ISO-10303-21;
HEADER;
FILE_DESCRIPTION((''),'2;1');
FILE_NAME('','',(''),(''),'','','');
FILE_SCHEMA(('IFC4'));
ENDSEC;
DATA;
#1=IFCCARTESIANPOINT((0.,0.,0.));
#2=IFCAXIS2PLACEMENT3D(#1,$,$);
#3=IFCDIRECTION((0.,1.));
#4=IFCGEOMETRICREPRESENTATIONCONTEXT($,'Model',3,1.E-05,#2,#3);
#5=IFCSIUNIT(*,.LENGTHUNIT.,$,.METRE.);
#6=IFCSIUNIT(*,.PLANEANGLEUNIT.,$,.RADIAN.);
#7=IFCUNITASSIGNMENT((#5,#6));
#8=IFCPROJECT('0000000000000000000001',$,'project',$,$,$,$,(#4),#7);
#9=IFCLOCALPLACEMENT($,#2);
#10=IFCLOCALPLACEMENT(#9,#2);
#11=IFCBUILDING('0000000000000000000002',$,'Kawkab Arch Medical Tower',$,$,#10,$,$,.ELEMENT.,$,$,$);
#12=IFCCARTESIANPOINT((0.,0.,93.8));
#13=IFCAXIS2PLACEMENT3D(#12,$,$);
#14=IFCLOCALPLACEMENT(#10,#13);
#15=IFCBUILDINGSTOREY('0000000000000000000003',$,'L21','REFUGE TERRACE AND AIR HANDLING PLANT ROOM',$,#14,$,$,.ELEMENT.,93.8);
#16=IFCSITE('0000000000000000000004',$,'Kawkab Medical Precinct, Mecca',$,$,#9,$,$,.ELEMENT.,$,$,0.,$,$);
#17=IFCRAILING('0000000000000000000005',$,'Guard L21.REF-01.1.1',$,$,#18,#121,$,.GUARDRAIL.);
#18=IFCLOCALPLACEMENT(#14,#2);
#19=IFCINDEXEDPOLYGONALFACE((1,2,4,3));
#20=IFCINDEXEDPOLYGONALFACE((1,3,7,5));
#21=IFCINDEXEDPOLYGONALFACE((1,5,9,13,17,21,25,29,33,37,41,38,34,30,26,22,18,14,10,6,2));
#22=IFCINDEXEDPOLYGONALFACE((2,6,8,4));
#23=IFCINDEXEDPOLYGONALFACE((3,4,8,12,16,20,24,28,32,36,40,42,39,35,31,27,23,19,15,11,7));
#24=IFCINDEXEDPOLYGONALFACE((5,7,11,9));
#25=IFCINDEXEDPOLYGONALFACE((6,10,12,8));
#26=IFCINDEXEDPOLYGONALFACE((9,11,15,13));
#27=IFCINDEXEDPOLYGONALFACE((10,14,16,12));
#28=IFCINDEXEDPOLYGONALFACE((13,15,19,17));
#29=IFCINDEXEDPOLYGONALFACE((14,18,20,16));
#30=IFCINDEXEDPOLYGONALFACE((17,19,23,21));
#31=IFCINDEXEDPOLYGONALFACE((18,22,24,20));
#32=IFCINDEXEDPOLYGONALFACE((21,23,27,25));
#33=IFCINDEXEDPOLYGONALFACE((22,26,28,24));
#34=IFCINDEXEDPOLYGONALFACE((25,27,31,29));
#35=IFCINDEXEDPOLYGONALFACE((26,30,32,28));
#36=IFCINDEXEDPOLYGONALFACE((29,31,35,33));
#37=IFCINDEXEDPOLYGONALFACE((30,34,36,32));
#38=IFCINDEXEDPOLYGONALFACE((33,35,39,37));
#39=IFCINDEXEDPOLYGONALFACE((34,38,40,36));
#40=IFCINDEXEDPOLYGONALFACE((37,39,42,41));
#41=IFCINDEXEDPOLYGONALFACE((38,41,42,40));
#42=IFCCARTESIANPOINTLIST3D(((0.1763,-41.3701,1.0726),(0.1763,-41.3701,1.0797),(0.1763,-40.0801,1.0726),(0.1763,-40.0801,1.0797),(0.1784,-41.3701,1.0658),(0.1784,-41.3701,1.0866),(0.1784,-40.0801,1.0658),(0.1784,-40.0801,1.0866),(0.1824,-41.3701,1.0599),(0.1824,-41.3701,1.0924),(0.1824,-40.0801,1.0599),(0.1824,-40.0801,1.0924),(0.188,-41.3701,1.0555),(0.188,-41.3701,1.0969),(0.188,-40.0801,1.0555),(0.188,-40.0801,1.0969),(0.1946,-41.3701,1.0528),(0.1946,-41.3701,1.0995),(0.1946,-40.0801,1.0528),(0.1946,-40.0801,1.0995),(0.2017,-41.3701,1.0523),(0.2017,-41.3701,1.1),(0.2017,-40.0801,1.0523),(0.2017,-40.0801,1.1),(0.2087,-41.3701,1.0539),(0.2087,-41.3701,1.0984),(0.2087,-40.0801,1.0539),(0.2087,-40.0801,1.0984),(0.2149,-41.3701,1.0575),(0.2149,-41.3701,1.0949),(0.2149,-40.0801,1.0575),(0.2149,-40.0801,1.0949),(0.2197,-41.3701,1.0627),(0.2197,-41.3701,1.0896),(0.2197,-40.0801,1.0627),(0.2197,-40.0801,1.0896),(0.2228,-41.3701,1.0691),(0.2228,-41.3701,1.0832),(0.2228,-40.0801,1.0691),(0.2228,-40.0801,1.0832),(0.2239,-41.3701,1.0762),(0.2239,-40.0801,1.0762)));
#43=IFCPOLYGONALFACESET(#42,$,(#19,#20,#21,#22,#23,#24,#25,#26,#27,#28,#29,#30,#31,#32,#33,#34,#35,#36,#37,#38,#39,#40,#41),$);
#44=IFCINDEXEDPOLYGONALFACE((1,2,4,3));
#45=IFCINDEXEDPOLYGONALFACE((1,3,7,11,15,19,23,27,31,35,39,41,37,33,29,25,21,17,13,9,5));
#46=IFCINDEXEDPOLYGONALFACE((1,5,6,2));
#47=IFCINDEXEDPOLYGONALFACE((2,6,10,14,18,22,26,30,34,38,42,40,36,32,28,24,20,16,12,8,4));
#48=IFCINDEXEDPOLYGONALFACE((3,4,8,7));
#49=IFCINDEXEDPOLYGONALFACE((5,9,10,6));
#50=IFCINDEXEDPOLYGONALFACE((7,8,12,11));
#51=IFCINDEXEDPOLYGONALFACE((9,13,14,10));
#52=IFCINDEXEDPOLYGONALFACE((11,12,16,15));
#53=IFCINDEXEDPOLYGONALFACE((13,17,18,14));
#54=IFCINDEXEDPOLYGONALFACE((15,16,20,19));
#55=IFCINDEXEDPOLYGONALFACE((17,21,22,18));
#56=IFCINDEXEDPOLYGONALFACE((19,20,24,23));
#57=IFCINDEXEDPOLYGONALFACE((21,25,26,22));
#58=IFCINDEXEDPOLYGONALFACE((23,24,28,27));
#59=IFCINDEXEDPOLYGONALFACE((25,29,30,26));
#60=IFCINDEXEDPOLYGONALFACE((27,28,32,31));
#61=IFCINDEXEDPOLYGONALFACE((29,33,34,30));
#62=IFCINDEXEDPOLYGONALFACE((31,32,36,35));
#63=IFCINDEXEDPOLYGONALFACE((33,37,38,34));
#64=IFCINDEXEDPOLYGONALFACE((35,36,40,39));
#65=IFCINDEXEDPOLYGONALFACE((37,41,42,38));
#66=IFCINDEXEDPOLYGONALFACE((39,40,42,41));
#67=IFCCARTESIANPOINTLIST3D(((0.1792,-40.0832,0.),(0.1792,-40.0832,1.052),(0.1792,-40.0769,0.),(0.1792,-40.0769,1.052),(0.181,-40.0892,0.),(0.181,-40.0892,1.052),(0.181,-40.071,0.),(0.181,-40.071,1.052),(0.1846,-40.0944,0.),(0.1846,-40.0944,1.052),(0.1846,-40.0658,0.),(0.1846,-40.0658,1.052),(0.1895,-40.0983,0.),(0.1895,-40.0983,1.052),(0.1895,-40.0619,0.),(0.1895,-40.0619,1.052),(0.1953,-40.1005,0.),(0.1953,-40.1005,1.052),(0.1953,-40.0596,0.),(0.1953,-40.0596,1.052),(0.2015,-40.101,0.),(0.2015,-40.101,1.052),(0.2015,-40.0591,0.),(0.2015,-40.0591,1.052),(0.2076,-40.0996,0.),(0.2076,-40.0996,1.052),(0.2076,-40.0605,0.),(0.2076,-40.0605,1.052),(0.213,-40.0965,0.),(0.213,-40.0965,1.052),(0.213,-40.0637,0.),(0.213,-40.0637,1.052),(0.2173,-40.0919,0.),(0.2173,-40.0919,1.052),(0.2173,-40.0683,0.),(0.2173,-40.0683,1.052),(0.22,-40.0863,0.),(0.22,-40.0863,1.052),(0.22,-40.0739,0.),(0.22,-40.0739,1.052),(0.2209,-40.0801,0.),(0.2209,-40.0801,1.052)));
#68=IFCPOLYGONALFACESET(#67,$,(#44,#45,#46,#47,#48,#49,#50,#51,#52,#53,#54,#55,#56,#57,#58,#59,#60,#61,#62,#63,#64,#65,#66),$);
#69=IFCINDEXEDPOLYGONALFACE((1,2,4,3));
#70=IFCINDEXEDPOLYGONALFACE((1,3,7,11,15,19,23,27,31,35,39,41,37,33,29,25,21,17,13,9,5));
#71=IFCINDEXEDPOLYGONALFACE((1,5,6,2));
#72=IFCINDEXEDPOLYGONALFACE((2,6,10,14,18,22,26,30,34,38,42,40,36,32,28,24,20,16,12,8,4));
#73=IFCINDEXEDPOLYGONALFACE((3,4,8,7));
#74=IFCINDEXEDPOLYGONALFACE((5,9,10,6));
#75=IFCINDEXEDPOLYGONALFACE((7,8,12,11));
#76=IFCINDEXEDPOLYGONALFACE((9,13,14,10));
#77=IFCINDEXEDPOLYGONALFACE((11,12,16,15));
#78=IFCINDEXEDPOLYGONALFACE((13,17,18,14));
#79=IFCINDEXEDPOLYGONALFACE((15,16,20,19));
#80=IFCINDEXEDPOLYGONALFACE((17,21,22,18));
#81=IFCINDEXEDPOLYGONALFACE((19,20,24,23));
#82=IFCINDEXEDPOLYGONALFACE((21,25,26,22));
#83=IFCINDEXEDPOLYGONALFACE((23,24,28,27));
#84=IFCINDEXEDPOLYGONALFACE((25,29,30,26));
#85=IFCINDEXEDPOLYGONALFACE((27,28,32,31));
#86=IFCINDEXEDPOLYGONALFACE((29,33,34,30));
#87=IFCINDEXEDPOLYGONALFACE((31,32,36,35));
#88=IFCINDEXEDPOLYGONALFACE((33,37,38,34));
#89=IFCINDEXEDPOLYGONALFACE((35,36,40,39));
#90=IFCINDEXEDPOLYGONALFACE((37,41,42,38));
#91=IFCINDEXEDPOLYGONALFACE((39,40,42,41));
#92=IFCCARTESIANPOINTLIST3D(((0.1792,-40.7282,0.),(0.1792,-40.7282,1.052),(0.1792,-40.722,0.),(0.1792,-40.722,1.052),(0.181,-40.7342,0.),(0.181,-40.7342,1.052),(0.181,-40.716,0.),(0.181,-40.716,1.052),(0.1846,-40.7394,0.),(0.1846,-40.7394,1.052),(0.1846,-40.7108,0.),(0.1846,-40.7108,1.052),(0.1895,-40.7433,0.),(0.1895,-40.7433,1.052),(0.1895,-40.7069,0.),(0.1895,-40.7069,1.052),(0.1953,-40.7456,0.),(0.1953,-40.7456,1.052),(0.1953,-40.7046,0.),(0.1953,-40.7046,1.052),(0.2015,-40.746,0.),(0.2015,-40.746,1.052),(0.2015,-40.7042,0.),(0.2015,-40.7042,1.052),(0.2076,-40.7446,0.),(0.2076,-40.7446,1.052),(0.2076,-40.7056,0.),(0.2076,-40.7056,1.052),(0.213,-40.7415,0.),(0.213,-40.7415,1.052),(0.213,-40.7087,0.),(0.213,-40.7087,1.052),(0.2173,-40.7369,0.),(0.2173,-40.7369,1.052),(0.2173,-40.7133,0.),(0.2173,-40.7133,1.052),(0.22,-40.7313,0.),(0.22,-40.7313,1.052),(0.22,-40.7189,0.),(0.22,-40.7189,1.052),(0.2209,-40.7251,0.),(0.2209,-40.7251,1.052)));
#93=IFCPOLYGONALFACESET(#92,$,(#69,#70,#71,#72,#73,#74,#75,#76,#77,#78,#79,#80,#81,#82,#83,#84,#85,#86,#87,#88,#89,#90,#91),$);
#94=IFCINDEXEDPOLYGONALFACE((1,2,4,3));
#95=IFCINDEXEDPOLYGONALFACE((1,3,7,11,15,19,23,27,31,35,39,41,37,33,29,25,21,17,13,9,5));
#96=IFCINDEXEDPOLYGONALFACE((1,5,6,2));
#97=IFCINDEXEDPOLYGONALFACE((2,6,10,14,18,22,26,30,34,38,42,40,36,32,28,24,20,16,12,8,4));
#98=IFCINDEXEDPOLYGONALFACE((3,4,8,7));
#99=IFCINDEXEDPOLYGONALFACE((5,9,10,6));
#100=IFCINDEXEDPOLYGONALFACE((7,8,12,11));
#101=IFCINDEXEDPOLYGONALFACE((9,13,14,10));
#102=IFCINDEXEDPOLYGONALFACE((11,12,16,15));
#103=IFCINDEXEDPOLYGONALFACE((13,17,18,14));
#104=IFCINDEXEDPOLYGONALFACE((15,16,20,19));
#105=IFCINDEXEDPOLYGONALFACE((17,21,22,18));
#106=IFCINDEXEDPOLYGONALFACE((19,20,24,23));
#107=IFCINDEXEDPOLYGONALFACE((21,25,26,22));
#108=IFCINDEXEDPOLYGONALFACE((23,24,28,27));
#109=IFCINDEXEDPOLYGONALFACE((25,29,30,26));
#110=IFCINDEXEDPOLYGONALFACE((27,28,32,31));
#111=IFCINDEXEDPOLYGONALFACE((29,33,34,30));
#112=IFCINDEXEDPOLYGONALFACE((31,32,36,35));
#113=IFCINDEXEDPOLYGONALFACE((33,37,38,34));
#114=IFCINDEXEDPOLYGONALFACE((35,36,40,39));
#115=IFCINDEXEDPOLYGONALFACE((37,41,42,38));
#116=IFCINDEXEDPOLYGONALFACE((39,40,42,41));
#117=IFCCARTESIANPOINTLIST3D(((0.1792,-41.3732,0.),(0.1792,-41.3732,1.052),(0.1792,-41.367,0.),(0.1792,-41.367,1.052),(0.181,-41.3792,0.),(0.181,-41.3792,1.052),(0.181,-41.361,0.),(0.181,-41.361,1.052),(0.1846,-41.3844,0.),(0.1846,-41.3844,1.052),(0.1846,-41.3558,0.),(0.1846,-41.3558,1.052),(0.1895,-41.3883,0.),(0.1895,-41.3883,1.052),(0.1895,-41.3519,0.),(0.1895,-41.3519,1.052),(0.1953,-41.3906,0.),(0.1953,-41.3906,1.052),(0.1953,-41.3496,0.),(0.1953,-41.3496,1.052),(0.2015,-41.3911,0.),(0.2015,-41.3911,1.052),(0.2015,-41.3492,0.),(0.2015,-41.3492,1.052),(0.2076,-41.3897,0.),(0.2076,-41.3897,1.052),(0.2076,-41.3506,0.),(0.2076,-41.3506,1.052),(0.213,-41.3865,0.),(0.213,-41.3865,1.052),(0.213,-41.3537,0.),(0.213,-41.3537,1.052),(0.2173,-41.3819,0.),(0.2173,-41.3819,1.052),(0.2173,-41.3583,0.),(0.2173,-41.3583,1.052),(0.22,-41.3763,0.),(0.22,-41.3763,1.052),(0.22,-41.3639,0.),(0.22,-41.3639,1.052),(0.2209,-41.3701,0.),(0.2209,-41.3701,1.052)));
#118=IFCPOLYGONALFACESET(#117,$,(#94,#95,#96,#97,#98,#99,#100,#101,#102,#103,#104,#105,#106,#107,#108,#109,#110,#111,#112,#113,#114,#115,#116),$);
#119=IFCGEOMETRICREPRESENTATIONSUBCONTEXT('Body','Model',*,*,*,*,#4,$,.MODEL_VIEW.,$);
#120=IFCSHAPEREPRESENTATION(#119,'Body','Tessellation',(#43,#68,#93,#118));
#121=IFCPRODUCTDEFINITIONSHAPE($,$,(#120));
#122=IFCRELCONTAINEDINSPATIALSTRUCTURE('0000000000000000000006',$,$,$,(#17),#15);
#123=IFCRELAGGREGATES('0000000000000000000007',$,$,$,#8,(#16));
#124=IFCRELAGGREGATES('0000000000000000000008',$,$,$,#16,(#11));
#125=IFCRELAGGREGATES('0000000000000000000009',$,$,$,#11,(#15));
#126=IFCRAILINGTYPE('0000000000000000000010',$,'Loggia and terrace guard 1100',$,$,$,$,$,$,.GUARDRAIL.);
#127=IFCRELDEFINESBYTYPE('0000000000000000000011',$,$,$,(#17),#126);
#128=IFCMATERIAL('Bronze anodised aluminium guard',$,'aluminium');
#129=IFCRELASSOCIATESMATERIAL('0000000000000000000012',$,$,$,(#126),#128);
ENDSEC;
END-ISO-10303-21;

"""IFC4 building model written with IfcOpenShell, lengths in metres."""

from ifc_helpers import new_model, si_unit, direction, frame, origin, origin_2d, place, context, subcontext, project, spatial, circle, extrude, material, type_object, element, save


model = new_model("IFC4")

# Units and contexts
model_context = context("Model", 3, precision=1e-05, world=origin(), true_north=direction((0.0, 1.0)))
body_context = subcontext(model_context, "Body", "Model", "MODEL_VIEW")
ifc_project = project(units=[si_unit("LENGTHUNIT", "METRE"), si_unit("PLANEANGLEUNIT", "RADIAN")], contexts=[model_context])

# Site, building, storey
site_placement = place(None, origin())
site = spatial("IfcSite", under=ifc_project, at=site_placement, Name="Kawkab Medical Precinct, Mecca", CompositionType="ELEMENT", RefElevation=0.0)
building_placement = place(site_placement, origin())
building = spatial("IfcBuilding", under=site, at=building_placement, Name="Kawkab Arch Medical Tower", CompositionType="ELEMENT")
storey_placement = place(building_placement, frame((0.0, 0.0, 93.8)))
storey = spatial("IfcBuildingStorey", under=building, at=storey_placement, Name="L21", Description="REFUGE TERRACE AND AIR HANDLING PLANT ROOM", CompositionType="ELEMENT", Elevation=93.8)

# Railing
ifc_material_1 = material(Name="Bronze anodised aluminium guard", Category="aluminium")
railing_type_1 = type_object("IfcRailingType", Name="Loggia and terrace guard 1100", PredefinedType="GUARDRAIL", material=ifc_material_1)
railing_1_placement = place(storey_placement, frame((0.2, -40.0801, 0.0)))
element("IfcRailing", 1, at=railing_1_placement, inside=storey, type_object=railing_type_1, Name="Guard L21.REF-01.1.1", PredefinedType="GUARDRAIL", context=body_context, shape_type="SweptSolid", body=[
    extrude(circle(Radius=0.0239, at=origin_2d()), frame((0.0, 0.0, 1.0762), z_axis=(0.0, -1.0, 0.0), x_axis=(1.0, 0.0, 0.0)), (0.0, 0.0, 1.0), 1.29),
    extrude(circle(Radius=0.021, at=origin_2d()), origin(), (0.0, 0.0, 1.0), 1.052),
    extrude(circle(Radius=0.021, at=origin_2d()), frame((0.0, -0.645, 0.0)), (0.0, 0.0, 1.0), 1.052),
    extrude(circle(Radius=0.021, at=origin_2d()), frame((0.0, -1.29, 0.0)), (0.0, 0.0, 1.0), 1.052),
])

save(model, "model.ifc")
